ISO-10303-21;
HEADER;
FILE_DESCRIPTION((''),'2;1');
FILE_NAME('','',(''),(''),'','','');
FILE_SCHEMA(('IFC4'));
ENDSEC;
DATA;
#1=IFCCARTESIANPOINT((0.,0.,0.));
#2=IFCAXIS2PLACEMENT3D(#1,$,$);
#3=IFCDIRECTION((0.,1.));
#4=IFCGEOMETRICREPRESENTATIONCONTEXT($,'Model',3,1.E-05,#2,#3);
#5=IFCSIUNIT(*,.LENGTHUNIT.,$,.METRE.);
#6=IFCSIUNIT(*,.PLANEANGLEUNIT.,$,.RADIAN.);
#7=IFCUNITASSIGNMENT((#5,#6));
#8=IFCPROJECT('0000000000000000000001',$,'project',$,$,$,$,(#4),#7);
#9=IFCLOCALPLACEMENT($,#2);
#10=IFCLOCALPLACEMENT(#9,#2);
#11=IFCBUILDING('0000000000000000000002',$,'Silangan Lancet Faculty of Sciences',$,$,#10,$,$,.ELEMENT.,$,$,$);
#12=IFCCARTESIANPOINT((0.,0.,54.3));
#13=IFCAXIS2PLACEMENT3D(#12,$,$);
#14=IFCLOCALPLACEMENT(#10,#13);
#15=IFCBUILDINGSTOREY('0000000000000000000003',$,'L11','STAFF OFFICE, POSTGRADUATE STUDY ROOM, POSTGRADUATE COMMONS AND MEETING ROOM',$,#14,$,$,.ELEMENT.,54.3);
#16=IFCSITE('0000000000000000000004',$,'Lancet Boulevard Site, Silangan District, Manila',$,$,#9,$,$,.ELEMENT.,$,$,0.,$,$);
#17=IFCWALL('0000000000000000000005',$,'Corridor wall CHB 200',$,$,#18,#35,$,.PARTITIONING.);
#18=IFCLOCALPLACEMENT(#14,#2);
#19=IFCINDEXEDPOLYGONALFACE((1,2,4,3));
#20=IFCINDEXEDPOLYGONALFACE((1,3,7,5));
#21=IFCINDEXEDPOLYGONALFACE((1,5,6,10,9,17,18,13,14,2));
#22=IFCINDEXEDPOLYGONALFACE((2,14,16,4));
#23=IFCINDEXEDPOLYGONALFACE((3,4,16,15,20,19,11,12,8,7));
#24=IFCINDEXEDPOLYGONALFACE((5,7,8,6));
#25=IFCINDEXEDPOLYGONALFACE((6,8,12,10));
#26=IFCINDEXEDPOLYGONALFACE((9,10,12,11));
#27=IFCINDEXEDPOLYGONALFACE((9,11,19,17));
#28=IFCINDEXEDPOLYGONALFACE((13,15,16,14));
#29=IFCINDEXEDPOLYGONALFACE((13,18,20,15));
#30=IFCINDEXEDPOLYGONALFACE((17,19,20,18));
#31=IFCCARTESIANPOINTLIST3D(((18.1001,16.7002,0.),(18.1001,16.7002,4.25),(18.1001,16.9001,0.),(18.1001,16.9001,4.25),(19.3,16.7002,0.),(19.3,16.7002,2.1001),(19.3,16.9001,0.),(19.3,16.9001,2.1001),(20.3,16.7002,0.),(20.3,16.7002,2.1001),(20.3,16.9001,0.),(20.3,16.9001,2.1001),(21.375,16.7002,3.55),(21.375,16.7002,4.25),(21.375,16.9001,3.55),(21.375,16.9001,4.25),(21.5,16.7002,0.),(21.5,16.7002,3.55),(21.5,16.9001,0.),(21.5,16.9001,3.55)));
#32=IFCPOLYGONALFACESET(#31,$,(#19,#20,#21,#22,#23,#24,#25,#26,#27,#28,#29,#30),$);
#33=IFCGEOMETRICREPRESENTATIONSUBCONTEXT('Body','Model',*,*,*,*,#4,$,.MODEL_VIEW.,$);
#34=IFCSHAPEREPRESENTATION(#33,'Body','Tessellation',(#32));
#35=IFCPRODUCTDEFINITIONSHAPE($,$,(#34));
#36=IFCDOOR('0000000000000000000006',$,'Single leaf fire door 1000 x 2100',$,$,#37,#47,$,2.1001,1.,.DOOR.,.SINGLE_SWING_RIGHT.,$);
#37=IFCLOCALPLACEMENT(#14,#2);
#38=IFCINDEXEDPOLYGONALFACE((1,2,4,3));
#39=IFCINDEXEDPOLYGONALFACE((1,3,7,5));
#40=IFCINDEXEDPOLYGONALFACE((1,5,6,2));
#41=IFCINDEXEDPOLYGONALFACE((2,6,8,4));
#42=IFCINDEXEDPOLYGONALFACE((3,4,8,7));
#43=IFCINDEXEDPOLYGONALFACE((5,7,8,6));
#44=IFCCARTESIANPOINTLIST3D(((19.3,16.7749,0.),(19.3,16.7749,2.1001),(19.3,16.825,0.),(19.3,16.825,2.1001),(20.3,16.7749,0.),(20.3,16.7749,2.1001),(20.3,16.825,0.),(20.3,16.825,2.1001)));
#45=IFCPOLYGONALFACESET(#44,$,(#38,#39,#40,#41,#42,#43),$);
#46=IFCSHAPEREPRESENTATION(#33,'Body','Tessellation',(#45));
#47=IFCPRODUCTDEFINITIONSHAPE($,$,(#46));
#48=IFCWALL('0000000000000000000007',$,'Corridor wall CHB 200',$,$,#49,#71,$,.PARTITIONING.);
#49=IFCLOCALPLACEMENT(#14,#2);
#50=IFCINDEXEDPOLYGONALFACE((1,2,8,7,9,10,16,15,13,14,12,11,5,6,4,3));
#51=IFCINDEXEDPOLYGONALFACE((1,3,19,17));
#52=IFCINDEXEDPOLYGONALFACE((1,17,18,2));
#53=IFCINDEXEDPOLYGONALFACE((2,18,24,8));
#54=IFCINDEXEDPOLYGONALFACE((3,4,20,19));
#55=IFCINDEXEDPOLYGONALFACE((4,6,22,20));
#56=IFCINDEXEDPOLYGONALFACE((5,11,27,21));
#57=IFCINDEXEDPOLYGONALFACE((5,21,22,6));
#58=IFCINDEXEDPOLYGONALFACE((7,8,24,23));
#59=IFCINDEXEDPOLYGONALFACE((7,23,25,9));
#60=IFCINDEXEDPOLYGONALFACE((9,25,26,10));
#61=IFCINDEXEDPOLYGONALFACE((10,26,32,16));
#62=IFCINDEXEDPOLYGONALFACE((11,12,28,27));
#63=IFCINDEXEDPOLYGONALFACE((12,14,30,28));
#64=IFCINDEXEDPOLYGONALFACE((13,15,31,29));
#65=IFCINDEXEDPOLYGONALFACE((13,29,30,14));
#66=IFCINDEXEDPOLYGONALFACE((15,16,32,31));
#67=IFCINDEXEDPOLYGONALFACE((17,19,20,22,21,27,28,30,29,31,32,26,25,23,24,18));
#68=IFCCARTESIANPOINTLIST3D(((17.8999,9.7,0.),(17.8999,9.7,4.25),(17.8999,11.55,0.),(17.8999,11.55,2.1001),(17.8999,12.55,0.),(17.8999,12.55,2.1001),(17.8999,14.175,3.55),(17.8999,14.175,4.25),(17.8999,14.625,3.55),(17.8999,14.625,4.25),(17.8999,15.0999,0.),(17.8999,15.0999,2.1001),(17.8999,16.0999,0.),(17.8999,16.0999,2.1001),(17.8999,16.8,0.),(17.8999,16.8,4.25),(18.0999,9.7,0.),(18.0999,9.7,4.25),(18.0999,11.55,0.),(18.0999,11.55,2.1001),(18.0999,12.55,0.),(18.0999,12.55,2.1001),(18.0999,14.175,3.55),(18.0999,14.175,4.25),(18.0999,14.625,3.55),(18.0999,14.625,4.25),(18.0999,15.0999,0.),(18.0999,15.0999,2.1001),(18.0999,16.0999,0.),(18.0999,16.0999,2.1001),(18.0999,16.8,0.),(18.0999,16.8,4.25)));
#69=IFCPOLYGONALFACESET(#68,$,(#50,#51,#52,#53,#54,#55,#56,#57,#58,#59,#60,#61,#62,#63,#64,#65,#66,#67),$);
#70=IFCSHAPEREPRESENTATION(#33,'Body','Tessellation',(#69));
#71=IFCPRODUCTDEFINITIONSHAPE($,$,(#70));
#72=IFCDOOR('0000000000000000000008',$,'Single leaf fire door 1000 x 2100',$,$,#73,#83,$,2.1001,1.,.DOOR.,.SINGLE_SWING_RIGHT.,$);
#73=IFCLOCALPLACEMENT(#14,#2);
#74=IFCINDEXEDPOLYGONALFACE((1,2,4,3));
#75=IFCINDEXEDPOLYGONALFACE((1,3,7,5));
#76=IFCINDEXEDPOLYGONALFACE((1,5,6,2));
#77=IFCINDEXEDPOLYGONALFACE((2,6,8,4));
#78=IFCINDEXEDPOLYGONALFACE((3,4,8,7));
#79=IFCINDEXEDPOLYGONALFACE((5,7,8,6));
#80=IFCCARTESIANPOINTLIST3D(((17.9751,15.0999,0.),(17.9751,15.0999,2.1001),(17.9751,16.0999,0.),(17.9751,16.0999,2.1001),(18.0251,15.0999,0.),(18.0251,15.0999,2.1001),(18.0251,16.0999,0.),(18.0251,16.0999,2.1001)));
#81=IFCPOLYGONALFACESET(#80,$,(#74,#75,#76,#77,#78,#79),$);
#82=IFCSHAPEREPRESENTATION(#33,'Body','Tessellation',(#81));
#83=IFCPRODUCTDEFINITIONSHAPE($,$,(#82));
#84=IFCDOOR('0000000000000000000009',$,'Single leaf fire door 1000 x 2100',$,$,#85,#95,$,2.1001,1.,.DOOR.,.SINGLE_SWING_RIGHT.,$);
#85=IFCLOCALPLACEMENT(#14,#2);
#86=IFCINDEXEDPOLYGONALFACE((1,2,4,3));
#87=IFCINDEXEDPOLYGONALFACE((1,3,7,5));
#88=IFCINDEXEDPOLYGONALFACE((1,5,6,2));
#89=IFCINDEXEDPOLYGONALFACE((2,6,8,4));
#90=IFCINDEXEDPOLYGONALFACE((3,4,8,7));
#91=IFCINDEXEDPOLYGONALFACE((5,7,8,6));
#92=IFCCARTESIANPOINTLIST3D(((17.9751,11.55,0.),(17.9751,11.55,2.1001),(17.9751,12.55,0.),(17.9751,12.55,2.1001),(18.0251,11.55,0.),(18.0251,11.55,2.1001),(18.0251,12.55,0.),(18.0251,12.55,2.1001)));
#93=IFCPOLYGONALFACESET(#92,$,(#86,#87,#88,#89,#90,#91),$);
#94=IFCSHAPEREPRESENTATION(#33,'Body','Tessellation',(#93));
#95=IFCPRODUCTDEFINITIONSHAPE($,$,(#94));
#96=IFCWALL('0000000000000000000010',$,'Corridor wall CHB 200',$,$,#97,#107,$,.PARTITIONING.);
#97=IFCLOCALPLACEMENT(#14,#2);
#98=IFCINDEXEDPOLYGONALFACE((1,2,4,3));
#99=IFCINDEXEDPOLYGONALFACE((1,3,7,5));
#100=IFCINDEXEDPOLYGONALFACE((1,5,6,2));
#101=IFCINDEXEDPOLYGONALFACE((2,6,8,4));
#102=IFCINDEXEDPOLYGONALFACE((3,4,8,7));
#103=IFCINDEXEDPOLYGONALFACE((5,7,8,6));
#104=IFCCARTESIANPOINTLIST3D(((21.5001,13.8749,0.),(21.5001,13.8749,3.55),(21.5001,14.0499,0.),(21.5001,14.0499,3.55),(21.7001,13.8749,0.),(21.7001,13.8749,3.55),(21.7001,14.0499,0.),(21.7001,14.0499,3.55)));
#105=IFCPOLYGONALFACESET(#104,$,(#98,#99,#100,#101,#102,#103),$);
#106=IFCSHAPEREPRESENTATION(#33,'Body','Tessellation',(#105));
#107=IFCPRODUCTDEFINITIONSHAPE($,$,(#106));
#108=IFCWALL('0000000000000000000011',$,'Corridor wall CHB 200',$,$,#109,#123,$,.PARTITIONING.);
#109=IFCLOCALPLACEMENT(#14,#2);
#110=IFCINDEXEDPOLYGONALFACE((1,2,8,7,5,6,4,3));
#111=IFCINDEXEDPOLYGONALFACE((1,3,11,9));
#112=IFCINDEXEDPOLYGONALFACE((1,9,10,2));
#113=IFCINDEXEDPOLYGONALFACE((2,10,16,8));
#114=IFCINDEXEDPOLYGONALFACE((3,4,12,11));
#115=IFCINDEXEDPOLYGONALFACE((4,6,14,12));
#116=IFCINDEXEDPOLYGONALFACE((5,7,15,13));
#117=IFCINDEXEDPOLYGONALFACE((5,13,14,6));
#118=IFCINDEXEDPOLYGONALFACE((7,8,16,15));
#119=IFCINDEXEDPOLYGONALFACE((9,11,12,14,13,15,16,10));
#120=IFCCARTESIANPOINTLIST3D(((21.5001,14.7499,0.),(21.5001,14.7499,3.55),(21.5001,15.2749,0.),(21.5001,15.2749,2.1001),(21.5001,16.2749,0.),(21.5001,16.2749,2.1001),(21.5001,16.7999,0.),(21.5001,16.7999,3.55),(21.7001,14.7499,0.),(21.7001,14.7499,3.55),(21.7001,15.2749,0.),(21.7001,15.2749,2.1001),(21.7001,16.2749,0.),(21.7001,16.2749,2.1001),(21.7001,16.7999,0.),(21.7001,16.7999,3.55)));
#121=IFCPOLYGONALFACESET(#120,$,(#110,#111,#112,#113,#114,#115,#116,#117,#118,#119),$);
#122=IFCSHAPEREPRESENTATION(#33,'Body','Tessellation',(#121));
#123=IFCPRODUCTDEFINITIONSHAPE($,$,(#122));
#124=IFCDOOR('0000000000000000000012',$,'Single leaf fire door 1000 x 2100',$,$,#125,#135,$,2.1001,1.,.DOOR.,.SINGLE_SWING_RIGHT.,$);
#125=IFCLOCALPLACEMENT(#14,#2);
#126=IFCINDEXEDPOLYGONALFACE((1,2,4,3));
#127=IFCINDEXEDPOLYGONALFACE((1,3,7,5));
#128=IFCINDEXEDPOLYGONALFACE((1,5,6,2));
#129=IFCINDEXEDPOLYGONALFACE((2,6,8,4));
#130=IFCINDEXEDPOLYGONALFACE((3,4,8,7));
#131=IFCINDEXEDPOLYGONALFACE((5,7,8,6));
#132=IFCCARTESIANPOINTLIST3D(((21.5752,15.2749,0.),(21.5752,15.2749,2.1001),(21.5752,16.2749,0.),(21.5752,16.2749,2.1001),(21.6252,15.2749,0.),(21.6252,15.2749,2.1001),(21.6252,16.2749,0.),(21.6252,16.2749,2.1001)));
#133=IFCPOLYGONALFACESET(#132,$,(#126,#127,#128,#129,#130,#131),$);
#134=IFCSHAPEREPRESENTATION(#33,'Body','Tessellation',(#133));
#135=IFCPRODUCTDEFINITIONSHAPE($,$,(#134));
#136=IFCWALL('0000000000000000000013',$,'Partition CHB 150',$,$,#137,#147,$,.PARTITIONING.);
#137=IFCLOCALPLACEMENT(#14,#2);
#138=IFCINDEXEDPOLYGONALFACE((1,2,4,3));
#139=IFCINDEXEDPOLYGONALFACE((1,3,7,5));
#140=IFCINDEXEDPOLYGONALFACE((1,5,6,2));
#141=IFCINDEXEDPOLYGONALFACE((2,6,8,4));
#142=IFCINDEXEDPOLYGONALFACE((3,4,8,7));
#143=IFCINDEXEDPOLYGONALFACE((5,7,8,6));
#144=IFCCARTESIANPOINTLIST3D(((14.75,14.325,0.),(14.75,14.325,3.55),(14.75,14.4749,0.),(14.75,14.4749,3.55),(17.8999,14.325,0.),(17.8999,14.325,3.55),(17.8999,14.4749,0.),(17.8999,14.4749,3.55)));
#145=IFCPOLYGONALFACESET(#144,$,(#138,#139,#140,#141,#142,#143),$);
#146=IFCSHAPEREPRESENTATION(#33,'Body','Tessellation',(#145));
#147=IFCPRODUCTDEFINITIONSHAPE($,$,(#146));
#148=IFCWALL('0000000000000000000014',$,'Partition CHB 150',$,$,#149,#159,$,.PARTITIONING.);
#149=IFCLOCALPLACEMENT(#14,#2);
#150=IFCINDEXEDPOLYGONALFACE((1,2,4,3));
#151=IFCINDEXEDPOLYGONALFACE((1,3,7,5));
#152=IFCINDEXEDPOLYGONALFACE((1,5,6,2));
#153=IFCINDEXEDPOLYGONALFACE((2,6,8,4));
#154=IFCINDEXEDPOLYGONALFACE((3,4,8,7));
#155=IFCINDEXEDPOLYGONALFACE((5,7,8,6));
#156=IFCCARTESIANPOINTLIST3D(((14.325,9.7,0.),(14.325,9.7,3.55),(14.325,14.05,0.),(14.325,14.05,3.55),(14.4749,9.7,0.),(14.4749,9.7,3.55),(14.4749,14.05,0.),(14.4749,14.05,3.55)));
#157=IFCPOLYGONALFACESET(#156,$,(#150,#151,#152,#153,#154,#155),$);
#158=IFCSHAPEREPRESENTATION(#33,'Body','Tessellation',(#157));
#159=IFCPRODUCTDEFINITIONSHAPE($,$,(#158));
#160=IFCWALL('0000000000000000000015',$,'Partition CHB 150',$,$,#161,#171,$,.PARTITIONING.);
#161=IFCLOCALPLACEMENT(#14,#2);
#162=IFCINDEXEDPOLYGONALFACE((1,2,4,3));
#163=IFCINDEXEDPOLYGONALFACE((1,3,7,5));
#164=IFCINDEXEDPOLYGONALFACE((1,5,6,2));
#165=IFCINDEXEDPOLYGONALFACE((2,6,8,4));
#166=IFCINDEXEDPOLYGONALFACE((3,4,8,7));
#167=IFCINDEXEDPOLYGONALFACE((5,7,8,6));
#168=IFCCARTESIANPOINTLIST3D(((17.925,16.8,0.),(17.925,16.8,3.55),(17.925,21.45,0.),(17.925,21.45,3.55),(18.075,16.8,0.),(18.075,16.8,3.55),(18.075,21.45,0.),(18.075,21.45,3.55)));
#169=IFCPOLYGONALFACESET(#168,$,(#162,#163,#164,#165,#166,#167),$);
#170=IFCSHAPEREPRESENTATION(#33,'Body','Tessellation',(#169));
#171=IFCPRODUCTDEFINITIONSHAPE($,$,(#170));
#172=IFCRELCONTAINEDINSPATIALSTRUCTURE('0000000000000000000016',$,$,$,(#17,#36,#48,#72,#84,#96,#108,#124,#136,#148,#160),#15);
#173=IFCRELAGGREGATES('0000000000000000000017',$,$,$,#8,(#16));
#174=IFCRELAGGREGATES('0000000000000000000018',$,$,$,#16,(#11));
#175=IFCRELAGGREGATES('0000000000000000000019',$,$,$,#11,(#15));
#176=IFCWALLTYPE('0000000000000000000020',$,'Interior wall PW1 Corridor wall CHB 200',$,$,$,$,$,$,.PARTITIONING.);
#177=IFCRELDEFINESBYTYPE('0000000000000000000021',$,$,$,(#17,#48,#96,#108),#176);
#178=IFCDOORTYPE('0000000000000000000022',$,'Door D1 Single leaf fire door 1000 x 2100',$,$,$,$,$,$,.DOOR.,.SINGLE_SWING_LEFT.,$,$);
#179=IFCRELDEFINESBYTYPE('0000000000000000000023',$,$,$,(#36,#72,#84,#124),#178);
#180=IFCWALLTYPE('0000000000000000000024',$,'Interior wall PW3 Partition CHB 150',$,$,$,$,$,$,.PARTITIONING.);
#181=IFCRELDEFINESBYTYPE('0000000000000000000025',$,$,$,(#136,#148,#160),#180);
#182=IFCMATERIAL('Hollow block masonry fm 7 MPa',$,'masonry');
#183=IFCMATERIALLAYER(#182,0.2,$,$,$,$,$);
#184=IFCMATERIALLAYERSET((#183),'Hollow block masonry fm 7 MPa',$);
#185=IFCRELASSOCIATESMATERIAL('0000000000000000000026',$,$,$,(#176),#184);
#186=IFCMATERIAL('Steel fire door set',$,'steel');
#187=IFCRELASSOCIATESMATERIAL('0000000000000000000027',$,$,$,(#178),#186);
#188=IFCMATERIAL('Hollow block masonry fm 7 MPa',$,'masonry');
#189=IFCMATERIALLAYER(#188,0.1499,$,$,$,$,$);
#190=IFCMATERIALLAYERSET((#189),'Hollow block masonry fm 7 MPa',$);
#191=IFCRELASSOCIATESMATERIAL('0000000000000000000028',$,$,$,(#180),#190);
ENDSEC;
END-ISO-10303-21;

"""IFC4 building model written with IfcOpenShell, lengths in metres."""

from ifc_helpers import new_model, si_unit, direction, frame, frame_2d, origin, place, context, subcontext, project, spatial, polyline, rectangle, outline, extrude, material, layer, layer_set, type_object, element, fill, save


model = new_model("IFC4")

# Units and contexts
model_context = context("Model", 3, precision=1e-05, world=origin(), true_north=direction((0.0, 1.0)))
body_context = subcontext(model_context, "Body", "Model", "MODEL_VIEW")
ifc_project = project(units=[si_unit("LENGTHUNIT", "METRE"), si_unit("PLANEANGLEUNIT", "RADIAN")], contexts=[model_context])

# Site, building, storey
site_placement = place(None, origin())
site = spatial("IfcSite", under=ifc_project, at=site_placement, Name="Lancet Boulevard Site, Silangan District, Manila", CompositionType="ELEMENT", RefElevation=0.0)
building_placement = place(site_placement, origin())
building = spatial("IfcBuilding", under=site, at=building_placement, Name="Silangan Lancet Faculty of Sciences", CompositionType="ELEMENT")
storey_placement = place(building_placement, frame((0.0, 0.0, 54.3)))
storey = spatial("IfcBuildingStorey", under=building, at=storey_placement, Name="L11", Description="STAFF OFFICE, POSTGRADUATE STUDY ROOM, POSTGRADUATE COMMONS AND MEETING ROOM", CompositionType="ELEMENT", Elevation=54.3)

# Wall, opening, door
ifc_material_1 = material(Name="Hollow block masonry fm 7 MPa", Category="masonry")
ifc_layer_1 = layer(ifc_material_1, 0.2)
ifc_layer_set_1 = layer_set([ifc_layer_1], Name="Hollow block masonry fm 7 MPa")
wall_type_1 = type_object("IfcWallType", Name="Interior wall PW1 Corridor wall CHB 200", PredefinedType="PARTITIONING", material=ifc_layer_set_1)
wall_1_placement = place(storey_placement, frame((18.1001, 16.8, 0.0), z_axis=(0.0, 0.0, 1.0), x_axis=(1.0, 0.0, 0.0)))
wall_1 = element("IfcWall", 1, at=wall_1_placement, inside=storey, type_object=wall_type_1, Name="Corridor wall CHB 200", PredefinedType="PARTITIONING", context=body_context, shape_type="SweptSolid", body=[
    extrude(outline(polyline([(0.0, 0.0), (3.3999, 0.0), (3.3999, 3.55), (3.2749, 3.55), (3.2749, 4.25), (0.0, 4.25), (0.0, 0.0)])), frame((0.0, 0.1001, 0.0), z_axis=(0.0, -1.0, 0.0), x_axis=(1.0, 0.0, 0.0)), (0.0, 0.0, 1.0), 0.2),
])
opening_1_placement = place(wall_1_placement, frame((1.2, 0.0, 0.0)))
opening_1 = element("IfcOpeningElement", 2, at=opening_1_placement, cuts=wall_1, PredefinedType="OPENING", context=body_context, shape_type="SweptSolid", body=[
    extrude(rectangle(XDim=1.0, YDim=2.1001, at=frame_2d((0.5, 1.05))), frame((0.0, 0.1099, 0.0), z_axis=(0.0, -1.0, 0.0), x_axis=(1.0, 0.0, 0.0)), (0.0, 0.0, 1.0), 0.22),
])
ifc_material_2 = material(Name="Steel fire door set", Category="steel")
door_type_1 = type_object("IfcDoorType", Name="Door D1 Single leaf fire door 1000 x 2100", OperationType="SINGLE_SWING_LEFT", PredefinedType="DOOR", material=ifc_material_2)
door_1_placement = place(opening_1_placement, origin())
door_1 = element("IfcDoor", 3, at=door_1_placement, inside=storey, type_object=door_type_1, Name="Single leaf fire door 1000 x 2100", OperationType="SINGLE_SWING_RIGHT", OverallHeight=2.1001, OverallWidth=1.0, PredefinedType="DOOR", context=body_context, shape_type="SweptSolid", body=[
    extrude(rectangle(XDim=1.0, YDim=2.1001, at=frame_2d((0.5, 1.05))), frame((0.0, 0.0249, 0.0), z_axis=(0.0, -1.0, 0.0), x_axis=(1.0, 0.0, 0.0)), (0.0, 0.0, 1.0), 0.05),
])
fill(opening_1, door_1)

# Wall, openings, doors
wall_2_placement = place(storey_placement, frame((18.0, 9.7, 0.0), z_axis=(0.0, 0.0, 1.0), x_axis=(0.0, 1.0, 0.0)))
wall_2 = element("IfcWall", 4, at=wall_2_placement, inside=storey, type_object=wall_type_1, Name="Corridor wall CHB 200", PredefinedType="PARTITIONING", context=body_context, shape_type="SweptSolid", body=[
    extrude(outline(polyline([(0.0, 0.0), (7.1001, 0.0), (7.1001, 4.25), (4.925, 4.25), (4.925, 3.55), (4.4751, 3.55), (4.4751, 4.25), (0.0, 4.25), (0.0, 0.0)])), frame((0.0, 0.1001, 0.0), z_axis=(0.0, -1.0, 0.0), x_axis=(1.0, 0.0, 0.0)), (0.0, 0.0, 1.0), 0.2),
])
opening_2_placement = place(wall_2_placement, frame((5.3999, 0.0, 0.0)))
opening_2 = element("IfcOpeningElement", 5, at=opening_2_placement, cuts=wall_2, PredefinedType="OPENING", context=body_context, shape_type="SweptSolid", body=[
    extrude(rectangle(XDim=1.0, YDim=2.1001, at=frame_2d((0.5, 1.05))), frame((0.0, 0.1099, 0.0), z_axis=(0.0, -1.0, 0.0), x_axis=(1.0, 0.0, 0.0)), (0.0, 0.0, 1.0), 0.22),
])
opening_3_placement = place(wall_2_placement, frame((1.8501, 0.0, 0.0)))
opening_3 = element("IfcOpeningElement", 6, at=opening_3_placement, cuts=wall_2, PredefinedType="OPENING", context=body_context, shape_type="SweptSolid", body=[
    extrude(rectangle(XDim=1.0, YDim=2.1001, at=frame_2d((0.5, 1.05))), frame((0.0, 0.1099, 0.0), z_axis=(0.0, -1.0, 0.0), x_axis=(1.0, 0.0, 0.0)), (0.0, 0.0, 1.0), 0.22),
])
door_2_placement = place(opening_2_placement, origin())
door_2 = element("IfcDoor", 7, at=door_2_placement, inside=storey, type_object=door_type_1, Name="Single leaf fire door 1000 x 2100", OperationType="SINGLE_SWING_RIGHT", OverallHeight=2.1001, OverallWidth=1.0, PredefinedType="DOOR", context=body_context, shape_type="SweptSolid", body=[
    extrude(rectangle(XDim=1.0, YDim=2.1001, at=frame_2d((0.5, 1.05))), frame((0.0, 0.0249, 0.0), z_axis=(0.0, -1.0, 0.0), x_axis=(1.0, 0.0, 0.0)), (0.0, 0.0, 1.0), 0.05),
])
fill(opening_2, door_2)
door_3_placement = place(opening_3_placement, origin())
door_3 = element("IfcDoor", 8, at=door_3_placement, inside=storey, type_object=door_type_1, Name="Single leaf fire door 1000 x 2100", OperationType="SINGLE_SWING_RIGHT", OverallHeight=2.1001, OverallWidth=1.0, PredefinedType="DOOR", context=body_context, shape_type="SweptSolid", body=[
    extrude(rectangle(XDim=1.0, YDim=2.1001, at=frame_2d((0.5, 1.05))), frame((0.0, 0.0249, 0.0), z_axis=(0.0, -1.0, 0.0), x_axis=(1.0, 0.0, 0.0)), (0.0, 0.0, 1.0), 0.05),
])
fill(opening_3, door_3)

# Wall
wall_3_placement = place(storey_placement, frame((21.6001, 13.875, 0.0), z_axis=(0.0, 0.0, 1.0), x_axis=(0.0, 1.0, 0.0)))
element("IfcWall", 9, at=wall_3_placement, inside=storey, type_object=wall_type_1, Name="Corridor wall CHB 200", PredefinedType="PARTITIONING", context=body_context, shape_type="SweptSolid", body=[
    extrude(rectangle(XDim=0.175, YDim=0.2, at=frame_2d((0.0874, 0.0))), origin(), (0.0, 0.0, 1.0), 3.55),
])

# Wall, opening, door
wall_4_placement = place(storey_placement, frame((21.6001, 14.75, 0.0), z_axis=(0.0, 0.0, 1.0), x_axis=(0.0, 1.0, 0.0)))
wall_4 = element("IfcWall", 10, at=wall_4_placement, inside=storey, type_object=wall_type_1, Name="Corridor wall CHB 200", PredefinedType="PARTITIONING", context=body_context, shape_type="SweptSolid", body=[
    extrude(rectangle(XDim=2.05, YDim=0.2, at=frame_2d((1.0249, 0.0))), origin(), (0.0, 0.0, 1.0), 3.55),
])
opening_4_placement = place(wall_4_placement, frame((0.5249, 0.0, 0.0)))
opening_4 = element("IfcOpeningElement", 11, at=opening_4_placement, cuts=wall_4, PredefinedType="OPENING", context=body_context, shape_type="SweptSolid", body=[
    extrude(rectangle(XDim=1.0, YDim=2.1001, at=frame_2d((0.5, 1.05))), frame((0.0, 0.1099, 0.0), z_axis=(0.0, -1.0, 0.0), x_axis=(1.0, 0.0, 0.0)), (0.0, 0.0, 1.0), 0.22),
])
door_4_placement = place(opening_4_placement, frame((1.0, 0.0, 0.0), z_axis=(0.0, 0.0, 1.0), x_axis=(-1.0, 0.0, 0.0)))
door_4 = element("IfcDoor", 12, at=door_4_placement, inside=storey, type_object=door_type_1, Name="Single leaf fire door 1000 x 2100", OperationType="SINGLE_SWING_RIGHT", OverallHeight=2.1001, OverallWidth=1.0, PredefinedType="DOOR", context=body_context, shape_type="SweptSolid", body=[
    extrude(rectangle(XDim=1.0, YDim=2.1001, at=frame_2d((0.5, 1.05))), frame((0.0, 0.0251, 0.0), z_axis=(0.0, -1.0, 0.0), x_axis=(1.0, 0.0, 0.0)), (0.0, 0.0, 1.0), 0.05),
])
fill(opening_4, door_4)

# Walls
ifc_material_3 = material(Name="Hollow block masonry fm 7 MPa", Category="masonry")
ifc_layer_2 = layer(ifc_material_3, 0.1499)
ifc_layer_set_2 = layer_set([ifc_layer_2], Name="Hollow block masonry fm 7 MPa")
wall_type_2 = type_object("IfcWallType", Name="Interior wall PW3 Partition CHB 150", PredefinedType="PARTITIONING", material=ifc_layer_set_2)
wall_5_placement = place(storey_placement, frame((14.75, 14.3999, 0.0), z_axis=(0.0, 0.0, 1.0), x_axis=(1.0, 0.0, 0.0)))
element("IfcWall", 13, at=wall_5_placement, inside=storey, type_object=wall_type_2, Name="Partition CHB 150", PredefinedType="PARTITIONING", context=body_context, shape_type="SweptSolid", body=[
    extrude(rectangle(XDim=3.1499, YDim=0.1499, at=frame_2d((1.575, 0.0))), origin(), (0.0, 0.0, 1.0), 3.55),
])
wall_6_placement = place(storey_placement, frame((14.3999, 9.7, 0.0), z_axis=(0.0, 0.0, 1.0), x_axis=(0.0, 1.0, 0.0)))
element("IfcWall", 14, at=wall_6_placement, inside=storey, type_object=wall_type_2, Name="Partition CHB 150", PredefinedType="PARTITIONING", context=body_context, shape_type="SweptSolid", body=[
    extrude(rectangle(XDim=4.3501, YDim=0.1499, at=frame_2d((2.175, 0.0))), origin(), (0.0, 0.0, 1.0), 3.55),
])
wall_7_placement = place(storey_placement, frame((18.0, 16.8, 0.0), z_axis=(0.0, 0.0, 1.0), x_axis=(0.0, 1.0, 0.0)))
element("IfcWall", 15, at=wall_7_placement, inside=storey, type_object=wall_type_2, Name="Partition CHB 150", PredefinedType="PARTITIONING", context=body_context, shape_type="SweptSolid", body=[
    extrude(rectangle(XDim=4.6499, YDim=0.1499, at=frame_2d((2.325, 0.0))), origin(), (0.0, 0.0, 1.0), 3.55),
])

save(model, "model.ifc")
